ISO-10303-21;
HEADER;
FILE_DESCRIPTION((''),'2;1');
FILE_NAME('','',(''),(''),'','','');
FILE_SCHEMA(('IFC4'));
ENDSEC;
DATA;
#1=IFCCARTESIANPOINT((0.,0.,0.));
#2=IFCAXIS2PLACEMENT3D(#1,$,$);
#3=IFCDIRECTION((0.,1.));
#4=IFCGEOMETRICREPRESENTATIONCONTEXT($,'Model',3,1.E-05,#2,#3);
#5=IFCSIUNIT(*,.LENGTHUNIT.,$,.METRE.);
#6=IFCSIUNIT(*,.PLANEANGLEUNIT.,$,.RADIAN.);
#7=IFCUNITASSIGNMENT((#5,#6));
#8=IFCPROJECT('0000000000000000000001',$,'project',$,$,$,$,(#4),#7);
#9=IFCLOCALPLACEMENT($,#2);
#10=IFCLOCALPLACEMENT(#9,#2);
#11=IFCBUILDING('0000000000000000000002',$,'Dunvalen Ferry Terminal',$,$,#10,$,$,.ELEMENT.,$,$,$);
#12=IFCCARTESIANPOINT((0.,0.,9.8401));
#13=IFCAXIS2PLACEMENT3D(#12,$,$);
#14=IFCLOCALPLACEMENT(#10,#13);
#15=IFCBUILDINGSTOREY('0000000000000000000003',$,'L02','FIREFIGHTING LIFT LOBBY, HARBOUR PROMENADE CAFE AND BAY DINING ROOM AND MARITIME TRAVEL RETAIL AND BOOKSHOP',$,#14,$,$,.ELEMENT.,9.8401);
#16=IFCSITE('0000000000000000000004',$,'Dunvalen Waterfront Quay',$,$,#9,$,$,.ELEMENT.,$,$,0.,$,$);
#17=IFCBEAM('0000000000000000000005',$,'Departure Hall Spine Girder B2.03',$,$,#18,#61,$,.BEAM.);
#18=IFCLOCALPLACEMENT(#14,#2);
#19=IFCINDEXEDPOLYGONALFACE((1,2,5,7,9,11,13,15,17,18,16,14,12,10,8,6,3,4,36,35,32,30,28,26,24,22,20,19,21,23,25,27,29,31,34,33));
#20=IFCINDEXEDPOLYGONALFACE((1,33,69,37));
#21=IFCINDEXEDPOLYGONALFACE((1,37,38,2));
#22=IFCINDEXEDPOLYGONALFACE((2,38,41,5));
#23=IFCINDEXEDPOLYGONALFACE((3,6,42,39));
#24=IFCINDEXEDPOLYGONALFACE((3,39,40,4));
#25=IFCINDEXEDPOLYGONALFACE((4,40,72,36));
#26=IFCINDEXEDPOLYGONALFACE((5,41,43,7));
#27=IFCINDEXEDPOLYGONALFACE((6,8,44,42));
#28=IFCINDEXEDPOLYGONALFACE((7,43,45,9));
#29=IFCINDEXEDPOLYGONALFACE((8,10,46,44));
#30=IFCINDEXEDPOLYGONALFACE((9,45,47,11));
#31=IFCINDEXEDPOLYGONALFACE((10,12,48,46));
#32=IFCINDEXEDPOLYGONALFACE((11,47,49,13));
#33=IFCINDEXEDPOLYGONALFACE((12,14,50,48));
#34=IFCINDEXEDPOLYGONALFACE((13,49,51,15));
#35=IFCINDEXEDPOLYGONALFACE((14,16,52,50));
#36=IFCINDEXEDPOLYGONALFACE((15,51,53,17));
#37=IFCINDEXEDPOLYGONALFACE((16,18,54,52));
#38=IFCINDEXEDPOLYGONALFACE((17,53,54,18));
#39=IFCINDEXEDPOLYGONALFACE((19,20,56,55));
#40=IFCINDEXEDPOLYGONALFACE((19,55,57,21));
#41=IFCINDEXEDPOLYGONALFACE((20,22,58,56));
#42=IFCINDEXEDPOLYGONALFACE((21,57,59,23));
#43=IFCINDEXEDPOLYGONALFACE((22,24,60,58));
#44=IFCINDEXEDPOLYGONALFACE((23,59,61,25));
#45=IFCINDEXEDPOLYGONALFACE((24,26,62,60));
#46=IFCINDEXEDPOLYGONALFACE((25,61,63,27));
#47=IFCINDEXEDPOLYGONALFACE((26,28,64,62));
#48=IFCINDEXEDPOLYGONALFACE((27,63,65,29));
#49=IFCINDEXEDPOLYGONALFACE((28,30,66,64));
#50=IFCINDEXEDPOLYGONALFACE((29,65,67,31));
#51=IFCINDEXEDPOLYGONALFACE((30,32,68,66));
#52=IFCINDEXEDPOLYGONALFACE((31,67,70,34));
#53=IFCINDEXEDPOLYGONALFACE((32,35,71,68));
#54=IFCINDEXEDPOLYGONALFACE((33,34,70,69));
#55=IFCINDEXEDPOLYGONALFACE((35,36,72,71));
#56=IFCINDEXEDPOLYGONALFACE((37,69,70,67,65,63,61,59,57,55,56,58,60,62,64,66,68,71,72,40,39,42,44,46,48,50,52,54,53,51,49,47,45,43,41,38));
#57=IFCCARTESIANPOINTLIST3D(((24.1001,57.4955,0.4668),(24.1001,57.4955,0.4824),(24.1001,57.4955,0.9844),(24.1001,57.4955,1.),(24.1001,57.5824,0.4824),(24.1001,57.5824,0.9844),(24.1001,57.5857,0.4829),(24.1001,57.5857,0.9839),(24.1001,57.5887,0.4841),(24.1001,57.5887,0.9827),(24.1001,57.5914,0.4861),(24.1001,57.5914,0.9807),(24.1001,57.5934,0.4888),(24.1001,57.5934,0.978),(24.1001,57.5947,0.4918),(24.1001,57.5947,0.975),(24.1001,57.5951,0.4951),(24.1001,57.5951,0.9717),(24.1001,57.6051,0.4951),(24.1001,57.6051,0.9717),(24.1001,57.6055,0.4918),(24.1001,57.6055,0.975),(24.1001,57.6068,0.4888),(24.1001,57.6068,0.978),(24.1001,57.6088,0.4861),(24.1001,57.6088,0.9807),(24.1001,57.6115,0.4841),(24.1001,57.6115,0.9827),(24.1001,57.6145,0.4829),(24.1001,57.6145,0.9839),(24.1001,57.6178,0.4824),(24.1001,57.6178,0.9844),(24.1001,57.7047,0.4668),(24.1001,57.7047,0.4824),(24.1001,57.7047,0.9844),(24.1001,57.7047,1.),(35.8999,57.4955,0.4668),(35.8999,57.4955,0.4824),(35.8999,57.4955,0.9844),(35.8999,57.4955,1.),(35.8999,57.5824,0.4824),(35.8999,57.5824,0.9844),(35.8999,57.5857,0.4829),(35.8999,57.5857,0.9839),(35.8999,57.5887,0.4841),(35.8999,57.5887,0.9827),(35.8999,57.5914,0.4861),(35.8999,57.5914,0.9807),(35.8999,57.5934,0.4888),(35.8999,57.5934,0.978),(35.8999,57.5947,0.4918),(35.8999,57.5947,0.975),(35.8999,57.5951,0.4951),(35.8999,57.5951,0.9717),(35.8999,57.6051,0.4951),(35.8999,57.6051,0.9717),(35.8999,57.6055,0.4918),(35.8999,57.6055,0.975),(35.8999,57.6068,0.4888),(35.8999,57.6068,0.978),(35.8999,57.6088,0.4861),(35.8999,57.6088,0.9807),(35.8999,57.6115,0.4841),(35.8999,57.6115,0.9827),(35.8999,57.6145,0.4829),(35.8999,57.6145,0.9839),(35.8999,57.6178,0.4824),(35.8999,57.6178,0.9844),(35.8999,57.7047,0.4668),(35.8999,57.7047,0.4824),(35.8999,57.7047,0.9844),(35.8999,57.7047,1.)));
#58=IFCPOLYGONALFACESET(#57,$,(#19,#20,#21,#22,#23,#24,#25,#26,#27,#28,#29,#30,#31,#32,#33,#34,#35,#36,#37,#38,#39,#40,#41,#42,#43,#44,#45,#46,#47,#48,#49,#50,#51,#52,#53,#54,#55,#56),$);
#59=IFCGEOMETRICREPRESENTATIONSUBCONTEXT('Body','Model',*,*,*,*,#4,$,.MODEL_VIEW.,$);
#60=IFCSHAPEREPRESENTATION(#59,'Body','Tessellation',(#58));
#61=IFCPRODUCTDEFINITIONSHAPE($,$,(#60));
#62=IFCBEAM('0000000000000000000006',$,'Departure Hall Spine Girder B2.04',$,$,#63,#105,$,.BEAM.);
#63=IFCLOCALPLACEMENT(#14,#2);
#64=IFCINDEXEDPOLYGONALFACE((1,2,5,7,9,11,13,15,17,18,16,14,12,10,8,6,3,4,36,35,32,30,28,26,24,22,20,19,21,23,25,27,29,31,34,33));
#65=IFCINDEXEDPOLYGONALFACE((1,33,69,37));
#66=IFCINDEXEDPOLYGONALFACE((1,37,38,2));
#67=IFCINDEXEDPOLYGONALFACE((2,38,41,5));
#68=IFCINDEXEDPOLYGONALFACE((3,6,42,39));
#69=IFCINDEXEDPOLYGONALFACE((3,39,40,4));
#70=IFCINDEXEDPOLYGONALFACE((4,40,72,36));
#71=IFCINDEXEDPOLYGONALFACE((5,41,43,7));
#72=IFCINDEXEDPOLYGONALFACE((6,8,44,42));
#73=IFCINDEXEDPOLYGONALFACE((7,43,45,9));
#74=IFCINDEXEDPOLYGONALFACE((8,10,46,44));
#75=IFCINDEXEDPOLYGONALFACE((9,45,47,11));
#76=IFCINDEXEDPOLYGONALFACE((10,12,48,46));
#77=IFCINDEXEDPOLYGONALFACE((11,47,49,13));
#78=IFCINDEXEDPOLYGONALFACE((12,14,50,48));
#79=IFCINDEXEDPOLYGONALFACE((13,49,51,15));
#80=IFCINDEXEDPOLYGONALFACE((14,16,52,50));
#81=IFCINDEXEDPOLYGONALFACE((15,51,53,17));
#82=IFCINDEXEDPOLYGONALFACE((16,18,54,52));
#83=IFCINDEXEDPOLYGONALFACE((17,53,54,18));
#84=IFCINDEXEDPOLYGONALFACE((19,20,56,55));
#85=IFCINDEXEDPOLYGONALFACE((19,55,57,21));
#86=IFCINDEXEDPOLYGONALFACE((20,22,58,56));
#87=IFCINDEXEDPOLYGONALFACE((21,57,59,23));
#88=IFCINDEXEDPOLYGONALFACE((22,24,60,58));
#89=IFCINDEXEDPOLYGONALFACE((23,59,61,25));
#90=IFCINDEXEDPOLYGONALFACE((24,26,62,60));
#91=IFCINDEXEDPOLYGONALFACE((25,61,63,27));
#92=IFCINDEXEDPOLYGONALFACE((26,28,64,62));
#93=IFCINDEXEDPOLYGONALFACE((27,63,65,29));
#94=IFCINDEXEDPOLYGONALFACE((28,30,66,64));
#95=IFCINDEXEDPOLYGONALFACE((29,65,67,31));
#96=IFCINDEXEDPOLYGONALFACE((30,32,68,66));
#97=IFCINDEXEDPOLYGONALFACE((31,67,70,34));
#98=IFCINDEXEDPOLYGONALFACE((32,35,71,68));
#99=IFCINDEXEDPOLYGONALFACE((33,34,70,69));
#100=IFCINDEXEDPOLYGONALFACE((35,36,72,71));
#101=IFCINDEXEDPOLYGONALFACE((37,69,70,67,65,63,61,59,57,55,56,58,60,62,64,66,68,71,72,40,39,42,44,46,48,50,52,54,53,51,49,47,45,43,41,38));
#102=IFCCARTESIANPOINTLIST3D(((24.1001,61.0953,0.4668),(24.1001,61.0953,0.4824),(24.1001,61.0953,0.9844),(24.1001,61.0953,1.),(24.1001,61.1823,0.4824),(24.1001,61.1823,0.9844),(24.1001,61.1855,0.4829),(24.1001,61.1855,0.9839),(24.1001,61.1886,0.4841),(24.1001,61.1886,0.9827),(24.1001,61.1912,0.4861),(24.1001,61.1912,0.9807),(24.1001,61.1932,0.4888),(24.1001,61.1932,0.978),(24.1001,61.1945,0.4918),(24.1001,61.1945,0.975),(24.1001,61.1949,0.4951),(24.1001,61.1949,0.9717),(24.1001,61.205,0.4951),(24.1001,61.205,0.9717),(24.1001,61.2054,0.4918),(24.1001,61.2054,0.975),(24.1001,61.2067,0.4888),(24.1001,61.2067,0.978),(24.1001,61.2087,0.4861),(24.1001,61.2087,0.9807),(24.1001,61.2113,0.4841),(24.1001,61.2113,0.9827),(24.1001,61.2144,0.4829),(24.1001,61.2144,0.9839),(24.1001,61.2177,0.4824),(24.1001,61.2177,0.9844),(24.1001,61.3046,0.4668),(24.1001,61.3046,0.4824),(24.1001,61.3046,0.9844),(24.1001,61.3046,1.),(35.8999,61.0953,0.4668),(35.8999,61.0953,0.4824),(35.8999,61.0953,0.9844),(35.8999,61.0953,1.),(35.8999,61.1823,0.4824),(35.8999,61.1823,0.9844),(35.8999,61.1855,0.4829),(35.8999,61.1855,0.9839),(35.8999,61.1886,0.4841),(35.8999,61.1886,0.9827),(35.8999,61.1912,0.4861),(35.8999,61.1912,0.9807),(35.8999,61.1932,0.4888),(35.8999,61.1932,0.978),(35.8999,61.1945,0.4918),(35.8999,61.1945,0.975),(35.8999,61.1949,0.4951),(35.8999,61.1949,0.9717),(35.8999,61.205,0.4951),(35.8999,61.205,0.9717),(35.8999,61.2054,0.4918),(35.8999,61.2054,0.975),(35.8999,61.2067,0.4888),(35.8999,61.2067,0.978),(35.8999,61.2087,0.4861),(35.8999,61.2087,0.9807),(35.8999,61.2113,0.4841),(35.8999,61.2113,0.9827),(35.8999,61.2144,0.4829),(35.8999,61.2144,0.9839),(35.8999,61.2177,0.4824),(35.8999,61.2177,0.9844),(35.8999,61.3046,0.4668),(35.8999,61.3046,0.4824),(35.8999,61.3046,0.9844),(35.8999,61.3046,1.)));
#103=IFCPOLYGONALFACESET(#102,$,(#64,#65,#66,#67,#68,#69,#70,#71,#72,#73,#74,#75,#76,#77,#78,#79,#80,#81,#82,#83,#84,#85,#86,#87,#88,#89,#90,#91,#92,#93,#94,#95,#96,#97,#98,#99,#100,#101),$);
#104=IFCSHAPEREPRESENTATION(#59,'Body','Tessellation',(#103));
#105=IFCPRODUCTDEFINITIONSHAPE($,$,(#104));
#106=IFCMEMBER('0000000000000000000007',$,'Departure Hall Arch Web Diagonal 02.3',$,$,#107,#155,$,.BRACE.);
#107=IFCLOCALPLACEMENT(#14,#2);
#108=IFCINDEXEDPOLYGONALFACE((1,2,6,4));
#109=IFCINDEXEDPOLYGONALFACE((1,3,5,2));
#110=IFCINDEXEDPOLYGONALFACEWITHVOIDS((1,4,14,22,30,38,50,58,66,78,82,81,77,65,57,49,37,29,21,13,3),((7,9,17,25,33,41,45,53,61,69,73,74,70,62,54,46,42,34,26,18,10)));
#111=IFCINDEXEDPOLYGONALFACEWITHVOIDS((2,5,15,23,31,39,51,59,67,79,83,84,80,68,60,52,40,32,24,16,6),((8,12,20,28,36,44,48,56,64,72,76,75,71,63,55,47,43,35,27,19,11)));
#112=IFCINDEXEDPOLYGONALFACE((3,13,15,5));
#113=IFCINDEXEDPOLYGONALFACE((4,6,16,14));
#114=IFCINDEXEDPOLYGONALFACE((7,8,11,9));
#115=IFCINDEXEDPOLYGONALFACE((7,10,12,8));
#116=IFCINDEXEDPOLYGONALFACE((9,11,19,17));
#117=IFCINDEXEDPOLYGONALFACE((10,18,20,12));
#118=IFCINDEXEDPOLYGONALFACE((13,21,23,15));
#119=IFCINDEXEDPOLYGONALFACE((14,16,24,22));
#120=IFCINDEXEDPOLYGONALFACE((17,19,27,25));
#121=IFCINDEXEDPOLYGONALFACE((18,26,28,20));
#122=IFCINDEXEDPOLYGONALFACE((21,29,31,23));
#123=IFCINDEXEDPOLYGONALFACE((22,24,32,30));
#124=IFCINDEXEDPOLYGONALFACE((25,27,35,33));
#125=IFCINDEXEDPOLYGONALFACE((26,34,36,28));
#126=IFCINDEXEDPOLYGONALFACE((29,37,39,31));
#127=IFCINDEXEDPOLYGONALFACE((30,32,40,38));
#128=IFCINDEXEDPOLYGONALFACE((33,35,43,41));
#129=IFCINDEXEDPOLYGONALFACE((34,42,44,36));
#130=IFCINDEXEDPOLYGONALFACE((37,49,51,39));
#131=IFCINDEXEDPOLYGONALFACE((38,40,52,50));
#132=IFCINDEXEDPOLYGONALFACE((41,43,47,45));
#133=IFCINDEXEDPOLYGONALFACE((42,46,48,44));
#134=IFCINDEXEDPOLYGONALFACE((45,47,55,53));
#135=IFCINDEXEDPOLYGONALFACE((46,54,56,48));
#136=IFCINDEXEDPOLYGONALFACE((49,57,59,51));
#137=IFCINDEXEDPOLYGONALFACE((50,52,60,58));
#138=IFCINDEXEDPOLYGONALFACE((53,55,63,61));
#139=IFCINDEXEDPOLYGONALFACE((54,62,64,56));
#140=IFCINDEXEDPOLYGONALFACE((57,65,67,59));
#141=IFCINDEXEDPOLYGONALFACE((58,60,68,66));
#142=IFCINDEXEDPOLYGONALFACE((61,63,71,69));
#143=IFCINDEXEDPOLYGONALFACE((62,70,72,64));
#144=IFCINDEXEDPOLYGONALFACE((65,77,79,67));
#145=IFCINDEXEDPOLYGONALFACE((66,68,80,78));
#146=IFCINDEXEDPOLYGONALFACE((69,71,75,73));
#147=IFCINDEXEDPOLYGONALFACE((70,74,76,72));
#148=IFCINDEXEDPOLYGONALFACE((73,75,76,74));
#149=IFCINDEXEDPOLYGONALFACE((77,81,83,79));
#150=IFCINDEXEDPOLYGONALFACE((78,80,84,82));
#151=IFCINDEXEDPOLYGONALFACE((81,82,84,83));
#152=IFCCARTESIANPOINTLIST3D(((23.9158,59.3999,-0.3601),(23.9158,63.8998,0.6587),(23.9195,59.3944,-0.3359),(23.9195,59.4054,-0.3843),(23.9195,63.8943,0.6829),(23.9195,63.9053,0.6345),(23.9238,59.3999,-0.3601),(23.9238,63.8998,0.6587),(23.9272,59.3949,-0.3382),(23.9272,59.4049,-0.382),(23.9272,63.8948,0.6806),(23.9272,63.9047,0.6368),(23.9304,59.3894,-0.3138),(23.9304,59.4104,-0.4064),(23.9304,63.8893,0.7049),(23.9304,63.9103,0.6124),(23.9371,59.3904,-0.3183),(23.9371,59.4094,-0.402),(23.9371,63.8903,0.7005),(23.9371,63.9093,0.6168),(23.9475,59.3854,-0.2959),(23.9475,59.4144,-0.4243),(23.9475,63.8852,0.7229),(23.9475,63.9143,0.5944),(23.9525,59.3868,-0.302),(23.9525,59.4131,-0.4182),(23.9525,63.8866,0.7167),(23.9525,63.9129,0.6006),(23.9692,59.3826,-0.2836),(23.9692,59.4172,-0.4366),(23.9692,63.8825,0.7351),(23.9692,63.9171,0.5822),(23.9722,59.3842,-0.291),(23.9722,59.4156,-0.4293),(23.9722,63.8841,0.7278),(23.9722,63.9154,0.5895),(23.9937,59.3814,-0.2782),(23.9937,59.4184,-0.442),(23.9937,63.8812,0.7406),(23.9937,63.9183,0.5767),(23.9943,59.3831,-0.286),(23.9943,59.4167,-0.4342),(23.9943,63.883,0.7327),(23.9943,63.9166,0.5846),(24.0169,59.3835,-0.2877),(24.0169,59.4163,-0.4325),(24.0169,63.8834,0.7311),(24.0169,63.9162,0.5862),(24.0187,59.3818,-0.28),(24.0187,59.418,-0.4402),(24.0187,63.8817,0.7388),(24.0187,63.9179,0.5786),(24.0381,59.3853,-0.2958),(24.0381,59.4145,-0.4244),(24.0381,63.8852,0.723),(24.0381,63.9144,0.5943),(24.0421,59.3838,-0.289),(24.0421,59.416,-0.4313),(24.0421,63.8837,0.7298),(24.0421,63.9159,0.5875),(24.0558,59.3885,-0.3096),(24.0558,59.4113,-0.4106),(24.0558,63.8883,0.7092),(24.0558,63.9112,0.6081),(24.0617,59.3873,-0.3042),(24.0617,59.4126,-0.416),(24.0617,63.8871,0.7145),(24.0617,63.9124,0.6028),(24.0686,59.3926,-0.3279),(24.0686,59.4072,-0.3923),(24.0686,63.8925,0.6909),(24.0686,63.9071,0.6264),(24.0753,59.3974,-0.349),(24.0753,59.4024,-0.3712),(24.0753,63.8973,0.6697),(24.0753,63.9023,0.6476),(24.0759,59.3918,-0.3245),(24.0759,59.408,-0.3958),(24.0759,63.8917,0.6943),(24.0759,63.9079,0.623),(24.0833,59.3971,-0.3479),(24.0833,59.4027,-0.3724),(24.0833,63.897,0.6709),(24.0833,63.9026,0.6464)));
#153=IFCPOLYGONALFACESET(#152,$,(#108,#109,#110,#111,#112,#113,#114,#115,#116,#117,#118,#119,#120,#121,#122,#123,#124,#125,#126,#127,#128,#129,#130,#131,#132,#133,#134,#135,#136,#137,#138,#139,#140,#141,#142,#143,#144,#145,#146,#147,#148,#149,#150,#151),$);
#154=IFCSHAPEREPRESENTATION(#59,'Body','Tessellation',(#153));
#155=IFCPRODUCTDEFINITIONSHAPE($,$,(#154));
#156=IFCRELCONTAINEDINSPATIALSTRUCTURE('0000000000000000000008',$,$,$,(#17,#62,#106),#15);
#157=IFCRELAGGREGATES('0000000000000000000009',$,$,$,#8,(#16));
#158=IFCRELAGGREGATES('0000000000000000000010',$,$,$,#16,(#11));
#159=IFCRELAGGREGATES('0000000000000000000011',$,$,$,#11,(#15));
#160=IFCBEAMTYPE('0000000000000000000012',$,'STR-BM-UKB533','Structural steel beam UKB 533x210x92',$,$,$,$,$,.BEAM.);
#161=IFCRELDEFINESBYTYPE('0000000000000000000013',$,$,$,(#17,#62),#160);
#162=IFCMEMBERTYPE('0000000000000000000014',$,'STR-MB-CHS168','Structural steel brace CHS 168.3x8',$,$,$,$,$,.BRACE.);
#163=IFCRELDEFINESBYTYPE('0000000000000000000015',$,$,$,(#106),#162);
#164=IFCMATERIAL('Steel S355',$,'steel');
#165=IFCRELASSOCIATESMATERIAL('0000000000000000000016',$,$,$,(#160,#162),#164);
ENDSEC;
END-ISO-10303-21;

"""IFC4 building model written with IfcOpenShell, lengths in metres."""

from ifc_helpers import new_model, si_unit, direction, frame, origin, origin_2d, place, context, subcontext, project, spatial, hollow_circle, i_section, extrude, material, material_profile, profile_set, type_object, element, save


model = new_model("IFC4")

# Units and contexts
model_context = context("Model", 3, precision=1e-05, world=origin(), true_north=direction((0.0, 1.0)))
body_context = subcontext(model_context, "Body", "Model", "MODEL_VIEW")
ifc_project = project(units=[si_unit("LENGTHUNIT", "METRE"), si_unit("PLANEANGLEUNIT", "RADIAN")], contexts=[model_context])

# Site, building, storey
site_placement = place(None, origin())
site = spatial("IfcSite", under=ifc_project, at=site_placement, Name="Dunvalen Waterfront Quay", CompositionType="ELEMENT", RefElevation=0.0)
building_placement = place(site_placement, origin())
building = spatial("IfcBuilding", under=site, at=building_placement, Name="Dunvalen Ferry Terminal", CompositionType="ELEMENT")
storey_placement = place(building_placement, frame((0.0, 0.0, 9.8401)))
storey = spatial("IfcBuildingStorey", under=building, at=storey_placement, Name="L02", Description="FIREFIGHTING LIFT LOBBY, HARBOUR PROMENADE CAFE AND BAY DINING ROOM AND MARITIME TRAVEL RETAIL AND BOOKSHOP", CompositionType="ELEMENT", Elevation=9.8401)

# Beams
ifc_material_1 = material(Name="Steel S355", Category="steel")
ifc_material_profile_1 = material_profile(ifc_material_1, i_section(OverallWidth=0.2092, OverallDepth=0.5332, WebThickness=0.01, FlangeThickness=0.0156, FilletRadius=0.0127, at=origin_2d()), Name="Steel S355")
ifc_profile_set_1 = profile_set([ifc_material_profile_1], Name="Steel S355")
beam_type_1 = type_object("IfcBeamType", Name="STR-BM-UKB533", Description="Structural steel beam UKB 533x210x92", PredefinedType="BEAM", material=ifc_profile_set_1)
for number, where, z_axis, x_axis, name in (
    (1, (24.1001, 57.6001, 0.7334), (1.0, 0.0, 0.0), (0.0, 1.0, 0.0), "Departure Hall Spine Girder B2.03"),
    (2, (24.1001, 61.2, 0.7334), (1.0, 0.0, 0.0), (0.0, 1.0, 0.0), "Departure Hall Spine Girder B2.04"),
):
    element("IfcBeam", number, at=place(storey_placement, frame(where, z_axis=z_axis, x_axis=x_axis)), inside=storey, type_object=beam_type_1, Name=name, PredefinedType="BEAM", context=body_context, shape_type="SweptSolid", body=[
        extrude(i_section(OverallWidth=0.2092, OverallDepth=0.5332, WebThickness=0.01, FlangeThickness=0.0156, FilletRadius=0.0127, at=origin_2d()), origin(), (0.0, 0.0, 1.0), 11.7998),
    ])

# Member
ifc_material_profile_2 = material_profile(ifc_material_1, hollow_circle(Radius=0.0842, WallThickness=0.0081, at=origin_2d()), Name="Steel S355")
ifc_profile_set_2 = profile_set([ifc_material_profile_2], Name="Steel S355")
member_type_1 = type_object("IfcMemberType", Name="STR-MB-CHS168", Description="Structural steel brace CHS 168.3x8", PredefinedType="BRACE", material=ifc_profile_set_2)
member_1_placement = place(storey_placement, frame((24.0, 59.3999, -0.3601), z_axis=(0.0, 0.975317, 0.220811), x_axis=(-1.0, 0.0, 0.0)))
element("IfcMember", 3, at=member_1_placement, inside=storey, type_object=member_type_1, Name="Departure Hall Arch Web Diagonal 02.3", PredefinedType="BRACE", context=body_context, shape_type="SweptSolid", body=[
    extrude(hollow_circle(Radius=0.0842, WallThickness=0.0081, at=origin_2d()), origin(), (0.0, 0.0, 1.0), 4.6138),
])

save(model, "model.ifc")
